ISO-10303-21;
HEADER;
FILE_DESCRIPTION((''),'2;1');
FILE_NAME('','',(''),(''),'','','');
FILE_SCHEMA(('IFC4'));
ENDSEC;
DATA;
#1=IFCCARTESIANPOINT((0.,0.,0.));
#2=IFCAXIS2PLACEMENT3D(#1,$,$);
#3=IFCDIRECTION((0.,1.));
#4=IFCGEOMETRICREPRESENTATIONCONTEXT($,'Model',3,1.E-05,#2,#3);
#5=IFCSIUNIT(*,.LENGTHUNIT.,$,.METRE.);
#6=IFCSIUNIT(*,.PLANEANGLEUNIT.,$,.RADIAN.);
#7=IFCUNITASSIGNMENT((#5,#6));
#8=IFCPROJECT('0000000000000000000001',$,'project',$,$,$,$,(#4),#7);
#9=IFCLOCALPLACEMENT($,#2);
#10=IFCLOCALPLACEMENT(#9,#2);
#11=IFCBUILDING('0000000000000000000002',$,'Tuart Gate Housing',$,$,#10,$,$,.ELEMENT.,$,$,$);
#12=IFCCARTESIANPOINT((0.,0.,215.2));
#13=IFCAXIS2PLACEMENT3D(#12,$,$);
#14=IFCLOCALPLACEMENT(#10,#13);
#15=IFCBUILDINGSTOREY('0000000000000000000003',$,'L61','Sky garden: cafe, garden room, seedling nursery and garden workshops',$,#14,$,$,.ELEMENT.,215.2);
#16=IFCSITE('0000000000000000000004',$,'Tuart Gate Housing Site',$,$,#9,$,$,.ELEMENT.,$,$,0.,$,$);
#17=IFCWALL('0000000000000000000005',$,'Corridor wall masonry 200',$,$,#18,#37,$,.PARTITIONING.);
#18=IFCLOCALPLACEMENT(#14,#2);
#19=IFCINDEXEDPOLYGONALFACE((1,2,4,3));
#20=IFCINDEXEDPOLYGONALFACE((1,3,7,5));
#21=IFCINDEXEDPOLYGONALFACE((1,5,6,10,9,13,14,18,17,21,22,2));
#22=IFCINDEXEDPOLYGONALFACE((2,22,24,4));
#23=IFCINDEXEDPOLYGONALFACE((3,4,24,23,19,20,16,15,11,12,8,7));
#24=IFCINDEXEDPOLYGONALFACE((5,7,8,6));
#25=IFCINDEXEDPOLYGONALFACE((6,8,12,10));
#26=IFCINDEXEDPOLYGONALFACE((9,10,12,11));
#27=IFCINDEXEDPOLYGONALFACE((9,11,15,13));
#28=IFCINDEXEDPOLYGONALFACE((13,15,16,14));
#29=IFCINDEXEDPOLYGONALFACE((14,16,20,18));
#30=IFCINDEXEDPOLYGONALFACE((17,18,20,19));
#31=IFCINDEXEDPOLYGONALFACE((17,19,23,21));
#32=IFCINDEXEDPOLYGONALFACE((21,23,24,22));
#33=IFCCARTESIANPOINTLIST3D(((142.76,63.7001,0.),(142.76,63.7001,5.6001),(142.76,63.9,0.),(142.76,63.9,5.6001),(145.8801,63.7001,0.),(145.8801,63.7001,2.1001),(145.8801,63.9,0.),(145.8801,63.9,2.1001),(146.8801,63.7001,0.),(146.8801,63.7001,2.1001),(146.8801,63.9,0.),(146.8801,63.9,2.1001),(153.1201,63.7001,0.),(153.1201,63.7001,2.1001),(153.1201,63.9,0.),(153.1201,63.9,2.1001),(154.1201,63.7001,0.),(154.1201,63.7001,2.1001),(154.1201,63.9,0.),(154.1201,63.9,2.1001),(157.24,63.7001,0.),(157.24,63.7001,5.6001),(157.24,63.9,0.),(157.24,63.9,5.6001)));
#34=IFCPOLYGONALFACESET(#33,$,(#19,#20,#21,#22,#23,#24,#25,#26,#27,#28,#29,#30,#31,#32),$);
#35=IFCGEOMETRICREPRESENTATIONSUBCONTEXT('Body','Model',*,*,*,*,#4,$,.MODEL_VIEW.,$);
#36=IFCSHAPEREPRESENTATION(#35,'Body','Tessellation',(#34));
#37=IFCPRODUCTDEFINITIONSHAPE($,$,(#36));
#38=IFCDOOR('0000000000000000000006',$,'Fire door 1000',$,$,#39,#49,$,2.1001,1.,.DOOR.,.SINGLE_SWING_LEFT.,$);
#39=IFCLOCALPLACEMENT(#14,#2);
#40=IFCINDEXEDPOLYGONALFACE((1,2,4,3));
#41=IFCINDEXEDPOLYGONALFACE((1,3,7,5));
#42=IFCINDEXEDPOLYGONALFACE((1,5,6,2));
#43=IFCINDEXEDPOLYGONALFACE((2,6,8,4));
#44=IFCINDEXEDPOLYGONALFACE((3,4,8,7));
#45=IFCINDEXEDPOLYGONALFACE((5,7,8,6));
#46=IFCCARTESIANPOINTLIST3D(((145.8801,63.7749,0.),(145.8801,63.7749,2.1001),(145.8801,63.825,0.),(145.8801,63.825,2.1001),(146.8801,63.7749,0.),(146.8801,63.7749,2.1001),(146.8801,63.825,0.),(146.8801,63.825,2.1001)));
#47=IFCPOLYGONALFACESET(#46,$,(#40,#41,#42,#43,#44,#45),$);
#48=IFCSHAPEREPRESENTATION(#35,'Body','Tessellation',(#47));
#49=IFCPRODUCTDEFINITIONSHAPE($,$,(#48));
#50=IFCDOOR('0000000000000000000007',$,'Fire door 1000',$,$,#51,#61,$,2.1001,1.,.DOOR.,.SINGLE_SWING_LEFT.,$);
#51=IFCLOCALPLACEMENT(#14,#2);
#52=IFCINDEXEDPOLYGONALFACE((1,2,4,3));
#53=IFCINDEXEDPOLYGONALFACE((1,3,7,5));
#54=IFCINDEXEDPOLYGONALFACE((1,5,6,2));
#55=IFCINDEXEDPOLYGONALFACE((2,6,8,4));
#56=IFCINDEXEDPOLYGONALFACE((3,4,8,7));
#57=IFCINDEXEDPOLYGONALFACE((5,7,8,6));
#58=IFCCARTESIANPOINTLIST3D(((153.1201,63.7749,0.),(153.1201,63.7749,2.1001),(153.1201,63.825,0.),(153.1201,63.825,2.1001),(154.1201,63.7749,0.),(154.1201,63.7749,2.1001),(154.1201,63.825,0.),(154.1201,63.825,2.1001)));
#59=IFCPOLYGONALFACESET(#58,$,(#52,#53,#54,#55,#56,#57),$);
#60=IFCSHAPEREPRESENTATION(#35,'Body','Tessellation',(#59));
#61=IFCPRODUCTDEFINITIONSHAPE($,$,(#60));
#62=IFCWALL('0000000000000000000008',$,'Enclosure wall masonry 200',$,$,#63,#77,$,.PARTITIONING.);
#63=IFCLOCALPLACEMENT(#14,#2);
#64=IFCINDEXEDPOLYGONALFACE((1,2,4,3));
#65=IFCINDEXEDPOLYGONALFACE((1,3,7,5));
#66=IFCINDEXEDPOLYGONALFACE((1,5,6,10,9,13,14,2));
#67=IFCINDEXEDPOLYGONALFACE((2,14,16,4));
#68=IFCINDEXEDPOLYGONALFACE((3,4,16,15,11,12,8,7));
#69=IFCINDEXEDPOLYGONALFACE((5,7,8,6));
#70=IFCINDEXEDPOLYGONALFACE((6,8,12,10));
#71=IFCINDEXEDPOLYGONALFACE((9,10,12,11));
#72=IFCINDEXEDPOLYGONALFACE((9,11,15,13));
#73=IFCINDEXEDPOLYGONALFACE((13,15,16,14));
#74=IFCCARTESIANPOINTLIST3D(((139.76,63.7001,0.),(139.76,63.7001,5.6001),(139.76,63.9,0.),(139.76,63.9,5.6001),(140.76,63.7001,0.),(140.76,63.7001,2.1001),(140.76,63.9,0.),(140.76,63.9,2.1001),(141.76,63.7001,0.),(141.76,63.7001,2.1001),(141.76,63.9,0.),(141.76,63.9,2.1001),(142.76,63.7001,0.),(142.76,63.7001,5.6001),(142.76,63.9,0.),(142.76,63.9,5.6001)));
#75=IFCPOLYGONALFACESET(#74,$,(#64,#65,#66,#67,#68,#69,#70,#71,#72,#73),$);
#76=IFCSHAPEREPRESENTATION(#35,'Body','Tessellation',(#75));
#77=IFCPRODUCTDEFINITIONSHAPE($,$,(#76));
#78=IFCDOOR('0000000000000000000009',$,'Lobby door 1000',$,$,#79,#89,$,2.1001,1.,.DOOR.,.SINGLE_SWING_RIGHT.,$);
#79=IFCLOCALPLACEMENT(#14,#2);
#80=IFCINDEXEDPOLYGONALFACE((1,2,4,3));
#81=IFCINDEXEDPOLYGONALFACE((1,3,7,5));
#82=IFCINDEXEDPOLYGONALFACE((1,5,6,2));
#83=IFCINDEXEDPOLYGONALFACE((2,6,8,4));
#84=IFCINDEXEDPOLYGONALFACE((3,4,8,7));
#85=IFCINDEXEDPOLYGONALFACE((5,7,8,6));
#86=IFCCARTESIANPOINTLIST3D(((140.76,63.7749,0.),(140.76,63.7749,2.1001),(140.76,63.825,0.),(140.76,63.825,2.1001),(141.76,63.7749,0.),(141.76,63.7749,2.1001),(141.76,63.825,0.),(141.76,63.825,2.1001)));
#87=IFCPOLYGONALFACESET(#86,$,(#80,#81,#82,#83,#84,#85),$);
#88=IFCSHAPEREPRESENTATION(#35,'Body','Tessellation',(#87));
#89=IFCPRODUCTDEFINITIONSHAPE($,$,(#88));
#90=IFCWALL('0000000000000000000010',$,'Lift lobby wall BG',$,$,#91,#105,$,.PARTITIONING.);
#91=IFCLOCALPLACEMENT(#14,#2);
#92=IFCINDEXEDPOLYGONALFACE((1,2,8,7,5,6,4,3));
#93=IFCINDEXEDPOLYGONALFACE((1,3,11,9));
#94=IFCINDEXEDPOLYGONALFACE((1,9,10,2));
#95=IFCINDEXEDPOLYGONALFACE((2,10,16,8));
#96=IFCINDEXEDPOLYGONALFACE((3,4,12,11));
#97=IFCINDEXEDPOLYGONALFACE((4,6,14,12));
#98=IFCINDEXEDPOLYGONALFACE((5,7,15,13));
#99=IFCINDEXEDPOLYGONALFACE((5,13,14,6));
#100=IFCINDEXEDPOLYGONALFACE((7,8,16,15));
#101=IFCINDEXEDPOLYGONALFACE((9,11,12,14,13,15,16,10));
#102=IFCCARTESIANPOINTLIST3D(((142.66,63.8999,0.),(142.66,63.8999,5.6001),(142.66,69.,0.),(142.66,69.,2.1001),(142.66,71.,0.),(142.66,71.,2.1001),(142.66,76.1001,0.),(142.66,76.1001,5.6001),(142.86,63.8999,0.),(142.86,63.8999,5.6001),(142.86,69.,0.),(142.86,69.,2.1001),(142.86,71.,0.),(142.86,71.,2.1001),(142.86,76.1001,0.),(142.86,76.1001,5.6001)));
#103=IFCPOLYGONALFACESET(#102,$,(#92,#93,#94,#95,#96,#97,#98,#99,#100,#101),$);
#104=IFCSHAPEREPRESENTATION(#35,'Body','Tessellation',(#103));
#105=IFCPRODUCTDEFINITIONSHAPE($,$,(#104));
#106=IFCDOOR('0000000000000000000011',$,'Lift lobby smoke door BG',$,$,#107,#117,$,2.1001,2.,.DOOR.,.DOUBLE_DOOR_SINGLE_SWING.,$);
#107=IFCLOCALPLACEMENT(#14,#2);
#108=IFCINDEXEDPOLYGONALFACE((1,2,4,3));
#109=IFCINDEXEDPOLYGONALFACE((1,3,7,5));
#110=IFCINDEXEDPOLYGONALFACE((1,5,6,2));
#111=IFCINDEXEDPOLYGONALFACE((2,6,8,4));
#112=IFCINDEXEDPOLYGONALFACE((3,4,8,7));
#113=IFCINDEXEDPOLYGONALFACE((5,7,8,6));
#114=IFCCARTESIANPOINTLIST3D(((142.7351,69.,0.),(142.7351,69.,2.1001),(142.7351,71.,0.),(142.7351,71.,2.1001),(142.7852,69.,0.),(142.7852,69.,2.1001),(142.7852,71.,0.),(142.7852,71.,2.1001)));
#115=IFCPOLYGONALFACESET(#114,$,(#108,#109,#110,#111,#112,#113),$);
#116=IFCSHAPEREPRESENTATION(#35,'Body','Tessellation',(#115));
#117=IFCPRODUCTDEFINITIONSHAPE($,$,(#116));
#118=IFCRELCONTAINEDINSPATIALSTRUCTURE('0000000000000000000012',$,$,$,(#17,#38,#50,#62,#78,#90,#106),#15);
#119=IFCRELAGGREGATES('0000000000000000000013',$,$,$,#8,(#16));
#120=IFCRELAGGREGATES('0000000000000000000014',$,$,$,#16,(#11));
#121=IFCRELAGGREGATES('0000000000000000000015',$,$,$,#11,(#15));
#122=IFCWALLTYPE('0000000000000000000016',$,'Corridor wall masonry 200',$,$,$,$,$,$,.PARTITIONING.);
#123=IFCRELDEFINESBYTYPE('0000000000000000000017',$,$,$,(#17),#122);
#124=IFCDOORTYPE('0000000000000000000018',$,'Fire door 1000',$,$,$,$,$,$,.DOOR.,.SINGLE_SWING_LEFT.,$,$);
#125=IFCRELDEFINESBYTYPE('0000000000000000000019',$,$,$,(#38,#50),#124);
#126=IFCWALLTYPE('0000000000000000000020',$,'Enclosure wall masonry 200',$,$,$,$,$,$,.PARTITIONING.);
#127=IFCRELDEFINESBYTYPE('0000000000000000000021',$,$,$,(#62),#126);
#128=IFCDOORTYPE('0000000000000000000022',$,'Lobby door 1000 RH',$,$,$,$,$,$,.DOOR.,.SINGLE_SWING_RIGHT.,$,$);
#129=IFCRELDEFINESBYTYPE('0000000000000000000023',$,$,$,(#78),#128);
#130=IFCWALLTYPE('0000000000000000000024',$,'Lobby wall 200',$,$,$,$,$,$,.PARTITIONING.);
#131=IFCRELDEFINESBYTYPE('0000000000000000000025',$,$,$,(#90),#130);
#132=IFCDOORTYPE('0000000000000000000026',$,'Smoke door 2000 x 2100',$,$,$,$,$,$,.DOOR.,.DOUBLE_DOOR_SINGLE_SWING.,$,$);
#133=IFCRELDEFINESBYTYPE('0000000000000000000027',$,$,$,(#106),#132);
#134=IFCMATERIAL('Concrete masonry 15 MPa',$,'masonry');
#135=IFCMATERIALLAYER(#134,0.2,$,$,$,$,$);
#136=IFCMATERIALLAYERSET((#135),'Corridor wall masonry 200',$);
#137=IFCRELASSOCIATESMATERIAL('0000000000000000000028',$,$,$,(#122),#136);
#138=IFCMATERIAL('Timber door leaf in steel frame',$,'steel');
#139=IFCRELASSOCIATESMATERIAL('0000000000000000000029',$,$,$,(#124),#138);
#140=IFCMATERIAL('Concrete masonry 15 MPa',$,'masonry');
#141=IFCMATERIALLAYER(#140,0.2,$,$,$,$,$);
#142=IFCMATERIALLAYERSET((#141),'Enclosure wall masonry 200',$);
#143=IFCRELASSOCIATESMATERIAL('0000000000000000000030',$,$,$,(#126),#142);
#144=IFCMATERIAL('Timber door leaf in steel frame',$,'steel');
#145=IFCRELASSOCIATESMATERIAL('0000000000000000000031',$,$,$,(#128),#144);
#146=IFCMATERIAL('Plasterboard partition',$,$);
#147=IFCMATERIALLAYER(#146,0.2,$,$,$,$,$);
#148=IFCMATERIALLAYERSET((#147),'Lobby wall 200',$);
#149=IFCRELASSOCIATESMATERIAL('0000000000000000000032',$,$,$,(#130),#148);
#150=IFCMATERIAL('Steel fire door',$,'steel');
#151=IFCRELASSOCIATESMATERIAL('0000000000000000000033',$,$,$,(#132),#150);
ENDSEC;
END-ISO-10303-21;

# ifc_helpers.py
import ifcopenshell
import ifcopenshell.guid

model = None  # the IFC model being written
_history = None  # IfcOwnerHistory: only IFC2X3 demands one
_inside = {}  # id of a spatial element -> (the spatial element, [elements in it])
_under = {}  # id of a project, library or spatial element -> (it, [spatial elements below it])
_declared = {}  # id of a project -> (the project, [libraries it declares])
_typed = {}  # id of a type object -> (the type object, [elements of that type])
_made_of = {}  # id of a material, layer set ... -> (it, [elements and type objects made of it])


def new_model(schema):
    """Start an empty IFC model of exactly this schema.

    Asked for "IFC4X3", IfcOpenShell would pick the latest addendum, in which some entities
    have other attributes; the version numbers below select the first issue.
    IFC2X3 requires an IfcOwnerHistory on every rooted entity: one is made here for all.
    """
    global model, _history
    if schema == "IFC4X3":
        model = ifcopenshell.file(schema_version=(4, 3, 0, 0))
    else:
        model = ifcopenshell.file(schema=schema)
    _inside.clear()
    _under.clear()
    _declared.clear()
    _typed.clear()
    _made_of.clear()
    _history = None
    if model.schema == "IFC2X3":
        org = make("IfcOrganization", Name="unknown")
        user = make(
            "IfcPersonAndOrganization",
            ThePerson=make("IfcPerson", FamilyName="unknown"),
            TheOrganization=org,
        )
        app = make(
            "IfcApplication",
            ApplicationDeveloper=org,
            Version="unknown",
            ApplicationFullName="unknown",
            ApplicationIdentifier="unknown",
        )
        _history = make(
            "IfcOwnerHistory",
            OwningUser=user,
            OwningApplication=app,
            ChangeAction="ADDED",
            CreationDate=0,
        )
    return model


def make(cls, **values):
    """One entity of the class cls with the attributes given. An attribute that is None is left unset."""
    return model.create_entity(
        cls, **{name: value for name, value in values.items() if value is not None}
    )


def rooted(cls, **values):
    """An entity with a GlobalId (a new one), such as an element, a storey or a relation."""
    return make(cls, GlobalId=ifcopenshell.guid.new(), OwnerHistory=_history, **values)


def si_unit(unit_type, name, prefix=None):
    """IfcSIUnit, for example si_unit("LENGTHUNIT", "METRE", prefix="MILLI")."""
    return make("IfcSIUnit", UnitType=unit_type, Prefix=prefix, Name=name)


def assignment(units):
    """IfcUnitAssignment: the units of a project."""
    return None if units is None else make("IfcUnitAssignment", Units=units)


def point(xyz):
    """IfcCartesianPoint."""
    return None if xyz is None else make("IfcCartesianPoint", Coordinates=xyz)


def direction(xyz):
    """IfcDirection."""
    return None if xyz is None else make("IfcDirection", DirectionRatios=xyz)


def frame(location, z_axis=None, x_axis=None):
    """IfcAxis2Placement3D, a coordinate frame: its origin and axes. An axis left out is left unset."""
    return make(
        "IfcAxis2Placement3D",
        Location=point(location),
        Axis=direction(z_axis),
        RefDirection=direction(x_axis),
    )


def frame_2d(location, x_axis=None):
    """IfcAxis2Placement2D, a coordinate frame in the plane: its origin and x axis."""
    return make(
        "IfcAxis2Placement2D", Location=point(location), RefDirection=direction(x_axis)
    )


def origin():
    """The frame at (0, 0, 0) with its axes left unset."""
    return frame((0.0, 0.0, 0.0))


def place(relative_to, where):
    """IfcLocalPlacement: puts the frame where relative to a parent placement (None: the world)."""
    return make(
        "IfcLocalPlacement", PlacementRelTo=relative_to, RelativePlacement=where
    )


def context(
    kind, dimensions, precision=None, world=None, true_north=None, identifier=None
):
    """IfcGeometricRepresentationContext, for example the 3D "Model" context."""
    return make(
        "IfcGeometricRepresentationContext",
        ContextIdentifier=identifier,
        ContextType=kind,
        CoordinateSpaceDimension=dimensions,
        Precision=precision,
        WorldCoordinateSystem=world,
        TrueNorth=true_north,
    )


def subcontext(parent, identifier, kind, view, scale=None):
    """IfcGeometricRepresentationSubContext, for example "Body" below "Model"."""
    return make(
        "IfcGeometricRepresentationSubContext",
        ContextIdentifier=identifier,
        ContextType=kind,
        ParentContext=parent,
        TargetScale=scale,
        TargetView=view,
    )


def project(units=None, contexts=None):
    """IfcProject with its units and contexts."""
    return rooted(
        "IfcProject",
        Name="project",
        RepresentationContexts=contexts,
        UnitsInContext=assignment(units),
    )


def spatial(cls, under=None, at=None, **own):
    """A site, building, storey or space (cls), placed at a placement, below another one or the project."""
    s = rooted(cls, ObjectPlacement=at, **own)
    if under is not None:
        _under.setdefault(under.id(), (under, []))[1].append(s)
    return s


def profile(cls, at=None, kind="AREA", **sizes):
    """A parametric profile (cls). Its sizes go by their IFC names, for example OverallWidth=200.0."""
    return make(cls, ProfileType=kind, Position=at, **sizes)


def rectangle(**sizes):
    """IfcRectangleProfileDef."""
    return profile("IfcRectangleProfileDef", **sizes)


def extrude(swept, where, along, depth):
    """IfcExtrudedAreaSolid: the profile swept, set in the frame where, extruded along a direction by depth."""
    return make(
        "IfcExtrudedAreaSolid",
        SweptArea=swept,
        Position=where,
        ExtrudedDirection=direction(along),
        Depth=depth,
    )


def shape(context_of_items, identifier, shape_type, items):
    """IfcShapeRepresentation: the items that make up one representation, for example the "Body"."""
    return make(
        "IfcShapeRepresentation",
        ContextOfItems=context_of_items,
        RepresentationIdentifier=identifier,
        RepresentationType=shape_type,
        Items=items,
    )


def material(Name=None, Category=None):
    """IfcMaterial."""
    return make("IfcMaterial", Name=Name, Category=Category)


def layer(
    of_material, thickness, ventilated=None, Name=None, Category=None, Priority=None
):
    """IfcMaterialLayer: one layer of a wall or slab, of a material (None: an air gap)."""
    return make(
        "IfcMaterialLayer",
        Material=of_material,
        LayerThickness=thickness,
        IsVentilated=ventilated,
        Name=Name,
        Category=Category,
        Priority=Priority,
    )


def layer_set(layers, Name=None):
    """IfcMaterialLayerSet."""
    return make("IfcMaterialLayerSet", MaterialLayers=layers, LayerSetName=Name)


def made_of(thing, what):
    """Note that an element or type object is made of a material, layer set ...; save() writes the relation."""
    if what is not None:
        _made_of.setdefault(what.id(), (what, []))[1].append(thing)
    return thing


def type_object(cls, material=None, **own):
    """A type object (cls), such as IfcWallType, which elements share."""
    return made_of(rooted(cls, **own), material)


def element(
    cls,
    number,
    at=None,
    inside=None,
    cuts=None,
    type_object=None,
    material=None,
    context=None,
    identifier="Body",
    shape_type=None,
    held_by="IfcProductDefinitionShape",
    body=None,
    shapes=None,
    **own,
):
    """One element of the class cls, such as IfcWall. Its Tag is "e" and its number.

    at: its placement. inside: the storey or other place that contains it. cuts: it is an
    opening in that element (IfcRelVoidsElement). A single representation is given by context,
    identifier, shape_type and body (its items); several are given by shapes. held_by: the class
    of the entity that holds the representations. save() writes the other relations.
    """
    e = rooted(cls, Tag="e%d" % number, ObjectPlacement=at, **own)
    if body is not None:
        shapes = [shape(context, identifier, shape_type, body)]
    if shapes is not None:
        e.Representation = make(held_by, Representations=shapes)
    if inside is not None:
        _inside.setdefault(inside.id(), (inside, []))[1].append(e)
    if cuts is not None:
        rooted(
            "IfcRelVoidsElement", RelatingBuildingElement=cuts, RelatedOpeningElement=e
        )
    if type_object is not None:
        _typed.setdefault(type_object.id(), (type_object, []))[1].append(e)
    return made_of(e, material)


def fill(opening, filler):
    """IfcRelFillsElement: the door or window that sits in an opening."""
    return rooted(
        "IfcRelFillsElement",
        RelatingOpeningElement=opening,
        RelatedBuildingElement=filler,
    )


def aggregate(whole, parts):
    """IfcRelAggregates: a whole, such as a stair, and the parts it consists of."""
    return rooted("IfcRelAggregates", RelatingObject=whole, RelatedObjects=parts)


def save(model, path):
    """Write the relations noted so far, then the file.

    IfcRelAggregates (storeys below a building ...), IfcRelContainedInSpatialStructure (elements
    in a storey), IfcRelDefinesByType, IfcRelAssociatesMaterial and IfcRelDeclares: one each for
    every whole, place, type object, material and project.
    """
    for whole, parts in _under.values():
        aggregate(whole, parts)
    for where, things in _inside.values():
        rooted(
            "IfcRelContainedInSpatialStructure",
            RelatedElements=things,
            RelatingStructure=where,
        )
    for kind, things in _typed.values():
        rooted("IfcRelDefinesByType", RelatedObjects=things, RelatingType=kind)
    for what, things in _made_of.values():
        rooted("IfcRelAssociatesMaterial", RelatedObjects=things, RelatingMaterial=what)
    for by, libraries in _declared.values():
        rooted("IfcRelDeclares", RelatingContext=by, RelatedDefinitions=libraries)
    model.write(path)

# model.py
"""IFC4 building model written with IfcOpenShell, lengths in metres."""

from ifc_helpers import new_model, si_unit, direction, frame, frame_2d, origin, place, context, subcontext, project, spatial, rectangle, extrude, material, layer, layer_set, type_object, element, fill, save


model = new_model("IFC4")

# Units and contexts
model_context = context("Model", 3, precision=1e-05, world=origin(), true_north=direction((0.0, 1.0)))
body_context = subcontext(model_context, "Body", "Model", "MODEL_VIEW")
ifc_project = project(units=[si_unit("LENGTHUNIT", "METRE"), si_unit("PLANEANGLEUNIT", "RADIAN")], contexts=[model_context])

# Site, building, storey
site_placement = place(None, origin())
site = spatial("IfcSite", under=ifc_project, at=site_placement, Name="Tuart Gate Housing Site", CompositionType="ELEMENT", RefElevation=0.0)
building_placement = place(site_placement, origin())
building = spatial("IfcBuilding", under=site, at=building_placement, Name="Tuart Gate Housing", CompositionType="ELEMENT")
storey_placement = place(building_placement, frame((0.0, 0.0, 215.2)))
storey = spatial("IfcBuildingStorey", under=building, at=storey_placement, Name="L61", Description="Sky garden: cafe, garden room, seedling nursery and garden workshops", CompositionType="ELEMENT", Elevation=215.2)

# Wall, openings, doors
ifc_material_1 = material(Name="Concrete masonry 15 MPa", Category="masonry")
ifc_layer_1 = layer(ifc_material_1, 0.2)
ifc_layer_set_1 = layer_set([ifc_layer_1], Name="Corridor wall masonry 200")
wall_type_1 = type_object("IfcWallType", Name="Corridor wall masonry 200", PredefinedType="PARTITIONING", material=ifc_layer_set_1)
wall_1_placement = place(storey_placement, frame((142.76, 63.8, 0.0), z_axis=(0.0, 0.0, 1.0), x_axis=(1.0, 0.0, 0.0)))
wall_1 = element("IfcWall", 1, at=wall_1_placement, inside=storey, type_object=wall_type_1, Name="Corridor wall masonry 200", PredefinedType="PARTITIONING", context=body_context, shape_type="SweptSolid", body=[
    extrude(rectangle(XDim=14.48, YDim=0.2, at=frame_2d((7.24, 0.0))), origin(), (0.0, 0.0, 1.0), 5.6001),
])
opening_1_placement = place(wall_1_placement, frame((3.1201, 0.0, 0.0)))
opening_1 = element("IfcOpeningElement", 2, at=opening_1_placement, cuts=wall_1, PredefinedType="OPENING", context=body_context, shape_type="SweptSolid", body=[
    extrude(rectangle(XDim=1.0, YDim=2.1001, at=frame_2d((0.5, 1.05))), frame((0.0, 0.1099, 0.0), z_axis=(0.0, -1.0, 0.0), x_axis=(1.0, 0.0, 0.0)), (0.0, 0.0, 1.0), 0.22),
])
opening_2_placement = place(wall_1_placement, frame((10.3601, 0.0, 0.0)))
opening_2 = element("IfcOpeningElement", 3, at=opening_2_placement, cuts=wall_1, PredefinedType="OPENING", context=body_context, shape_type="SweptSolid", body=[
    extrude(rectangle(XDim=1.0, YDim=2.1001, at=frame_2d((0.5, 1.05))), frame((0.0, 0.1099, 0.0), z_axis=(0.0, -1.0, 0.0), x_axis=(1.0, 0.0, 0.0)), (0.0, 0.0, 1.0), 0.22),
])
ifc_material_2 = material(Name="Timber door leaf in steel frame", Category="steel")
door_type_1 = type_object("IfcDoorType", Name="Fire door 1000", OperationType="SINGLE_SWING_LEFT", PredefinedType="DOOR", material=ifc_material_2)
door_1_placement = place(opening_1_placement, origin())
door_1 = element("IfcDoor", 4, at=door_1_placement, inside=storey, type_object=door_type_1, Name="Fire door 1000", OperationType="SINGLE_SWING_LEFT", OverallHeight=2.1001, OverallWidth=1.0, PredefinedType="DOOR", context=body_context, shape_type="SweptSolid", body=[
    extrude(rectangle(XDim=1.0, YDim=2.1001, at=frame_2d((0.5, 1.05))), frame((0.0, 0.0249, 0.0), z_axis=(0.0, -1.0, 0.0), x_axis=(1.0, 0.0, 0.0)), (0.0, 0.0, 1.0), 0.05),
])
fill(opening_1, door_1)
door_2_placement = place(opening_2_placement, origin())
door_2 = element("IfcDoor", 5, at=door_2_placement, inside=storey, type_object=door_type_1, Name="Fire door 1000", OperationType="SINGLE_SWING_LEFT", OverallHeight=2.1001, OverallWidth=1.0, PredefinedType="DOOR", context=body_context, shape_type="SweptSolid", body=[
    extrude(rectangle(XDim=1.0, YDim=2.1001, at=frame_2d((0.5, 1.05))), frame((0.0, 0.0249, 0.0), z_axis=(0.0, -1.0, 0.0), x_axis=(1.0, 0.0, 0.0)), (0.0, 0.0, 1.0), 0.05),
])
fill(opening_2, door_2)

# Walls, openings, doors
ifc_material_3 = material(Name="Concrete masonry 15 MPa", Category="masonry")
ifc_layer_2 = layer(ifc_material_3, 0.2)
ifc_layer_set_2 = layer_set([ifc_layer_2], Name="Enclosure wall masonry 200")
wall_type_2 = type_object("IfcWallType", Name="Enclosure wall masonry 200", PredefinedType="PARTITIONING", material=ifc_layer_set_2)
wall_2_placement = place(storey_placement, frame((139.76, 63.8, 0.0), z_axis=(0.0, 0.0, 1.0), x_axis=(1.0, 0.0, 0.0)))
wall_2 = element("IfcWall", 6, at=wall_2_placement, inside=storey, type_object=wall_type_2, Name="Enclosure wall masonry 200", PredefinedType="PARTITIONING", context=body_context, shape_type="SweptSolid", body=[
    extrude(rectangle(XDim=3.0, YDim=0.2, at=frame_2d((1.5, 0.0))), origin(), (0.0, 0.0, 1.0), 5.6001),
])
opening_3_placement = place(wall_2_placement, frame((1.0, 0.0, 0.0)))
opening_3 = element("IfcOpeningElement", 7, at=opening_3_placement, cuts=wall_2, PredefinedType="OPENING", context=body_context, shape_type="SweptSolid", body=[
    extrude(rectangle(XDim=1.0, YDim=2.1001, at=frame_2d((0.5, 1.05))), frame((0.0, 0.1099, 0.0), z_axis=(0.0, -1.0, 0.0), x_axis=(1.0, 0.0, 0.0)), (0.0, 0.0, 1.0), 0.22),
])
ifc_material_4 = material(Name="Timber door leaf in steel frame", Category="steel")
door_type_2 = type_object("IfcDoorType", Name="Lobby door 1000 RH", OperationType="SINGLE_SWING_RIGHT", PredefinedType="DOOR", material=ifc_material_4)
door_3_placement = place(opening_3_placement, origin())
door_3 = element("IfcDoor", 8, at=door_3_placement, inside=storey, type_object=door_type_2, Name="Lobby door 1000", OperationType="SINGLE_SWING_RIGHT", OverallHeight=2.1001, OverallWidth=1.0, PredefinedType="DOOR", context=body_context, shape_type="SweptSolid", body=[
    extrude(rectangle(XDim=1.0, YDim=2.1001, at=frame_2d((0.5, 1.05))), frame((0.0, 0.0249, 0.0), z_axis=(0.0, -1.0, 0.0), x_axis=(1.0, 0.0, 0.0)), (0.0, 0.0, 1.0), 0.05),
])
fill(opening_3, door_3)
ifc_material_5 = material(Name="Plasterboard partition")
ifc_layer_3 = layer(ifc_material_5, 0.2)
ifc_layer_set_3 = layer_set([ifc_layer_3], Name="Lobby wall 200")
wall_type_3 = type_object("IfcWallType", Name="Lobby wall 200", PredefinedType="PARTITIONING", material=ifc_layer_set_3)
wall_3_placement = place(storey_placement, frame((142.76, 63.8999, 0.0), z_axis=(0.0, 0.0, 1.0), x_axis=(0.0, 1.0, 0.0)))
wall_3 = element("IfcWall", 9, at=wall_3_placement, inside=storey, type_object=wall_type_3, Name="Lift lobby wall BG", PredefinedType="PARTITIONING", context=body_context, shape_type="SweptSolid", body=[
    extrude(rectangle(XDim=12.2002, YDim=0.2, at=frame_2d((6.1001, 0.0))), origin(), (0.0, 0.0, 1.0), 5.6001),
])
opening_4_placement = place(wall_3_placement, frame((5.1001, 0.0, 0.0)))
opening_4 = element("IfcOpeningElement", 10, at=opening_4_placement, cuts=wall_3, PredefinedType="OPENING", context=body_context, shape_type="SweptSolid", body=[
    extrude(rectangle(XDim=2.0, YDim=2.1001, at=frame_2d((1.0, 1.05))), frame((0.0, 0.1099, 0.0), z_axis=(0.0, -1.0, 0.0), x_axis=(1.0, 0.0, 0.0)), (0.0, 0.0, 1.0), 0.22),
])
ifc_material_6 = material(Name="Steel fire door", Category="steel")
door_type_3 = type_object("IfcDoorType", Name="Smoke door 2000 x 2100", OperationType="DOUBLE_DOOR_SINGLE_SWING", PredefinedType="DOOR", material=ifc_material_6)
door_4_placement = place(opening_4_placement, origin())
door_4 = element("IfcDoor", 11, at=door_4_placement, inside=storey, type_object=door_type_3, Name="Lift lobby smoke door BG", OperationType="DOUBLE_DOOR_SINGLE_SWING", OverallHeight=2.1001, OverallWidth=2.0, PredefinedType="DOOR", context=body_context, shape_type="SweptSolid", body=[
    extrude(rectangle(XDim=2.0, YDim=2.1001, at=frame_2d((1.0, 1.05))), frame((0.0, 0.0249, 0.0), z_axis=(0.0, -1.0, 0.0), x_axis=(1.0, 0.0, 0.0)), (0.0, 0.0, 1.0), 0.05),
])
fill(opening_4, door_4)

save(model, "model.ifc")
